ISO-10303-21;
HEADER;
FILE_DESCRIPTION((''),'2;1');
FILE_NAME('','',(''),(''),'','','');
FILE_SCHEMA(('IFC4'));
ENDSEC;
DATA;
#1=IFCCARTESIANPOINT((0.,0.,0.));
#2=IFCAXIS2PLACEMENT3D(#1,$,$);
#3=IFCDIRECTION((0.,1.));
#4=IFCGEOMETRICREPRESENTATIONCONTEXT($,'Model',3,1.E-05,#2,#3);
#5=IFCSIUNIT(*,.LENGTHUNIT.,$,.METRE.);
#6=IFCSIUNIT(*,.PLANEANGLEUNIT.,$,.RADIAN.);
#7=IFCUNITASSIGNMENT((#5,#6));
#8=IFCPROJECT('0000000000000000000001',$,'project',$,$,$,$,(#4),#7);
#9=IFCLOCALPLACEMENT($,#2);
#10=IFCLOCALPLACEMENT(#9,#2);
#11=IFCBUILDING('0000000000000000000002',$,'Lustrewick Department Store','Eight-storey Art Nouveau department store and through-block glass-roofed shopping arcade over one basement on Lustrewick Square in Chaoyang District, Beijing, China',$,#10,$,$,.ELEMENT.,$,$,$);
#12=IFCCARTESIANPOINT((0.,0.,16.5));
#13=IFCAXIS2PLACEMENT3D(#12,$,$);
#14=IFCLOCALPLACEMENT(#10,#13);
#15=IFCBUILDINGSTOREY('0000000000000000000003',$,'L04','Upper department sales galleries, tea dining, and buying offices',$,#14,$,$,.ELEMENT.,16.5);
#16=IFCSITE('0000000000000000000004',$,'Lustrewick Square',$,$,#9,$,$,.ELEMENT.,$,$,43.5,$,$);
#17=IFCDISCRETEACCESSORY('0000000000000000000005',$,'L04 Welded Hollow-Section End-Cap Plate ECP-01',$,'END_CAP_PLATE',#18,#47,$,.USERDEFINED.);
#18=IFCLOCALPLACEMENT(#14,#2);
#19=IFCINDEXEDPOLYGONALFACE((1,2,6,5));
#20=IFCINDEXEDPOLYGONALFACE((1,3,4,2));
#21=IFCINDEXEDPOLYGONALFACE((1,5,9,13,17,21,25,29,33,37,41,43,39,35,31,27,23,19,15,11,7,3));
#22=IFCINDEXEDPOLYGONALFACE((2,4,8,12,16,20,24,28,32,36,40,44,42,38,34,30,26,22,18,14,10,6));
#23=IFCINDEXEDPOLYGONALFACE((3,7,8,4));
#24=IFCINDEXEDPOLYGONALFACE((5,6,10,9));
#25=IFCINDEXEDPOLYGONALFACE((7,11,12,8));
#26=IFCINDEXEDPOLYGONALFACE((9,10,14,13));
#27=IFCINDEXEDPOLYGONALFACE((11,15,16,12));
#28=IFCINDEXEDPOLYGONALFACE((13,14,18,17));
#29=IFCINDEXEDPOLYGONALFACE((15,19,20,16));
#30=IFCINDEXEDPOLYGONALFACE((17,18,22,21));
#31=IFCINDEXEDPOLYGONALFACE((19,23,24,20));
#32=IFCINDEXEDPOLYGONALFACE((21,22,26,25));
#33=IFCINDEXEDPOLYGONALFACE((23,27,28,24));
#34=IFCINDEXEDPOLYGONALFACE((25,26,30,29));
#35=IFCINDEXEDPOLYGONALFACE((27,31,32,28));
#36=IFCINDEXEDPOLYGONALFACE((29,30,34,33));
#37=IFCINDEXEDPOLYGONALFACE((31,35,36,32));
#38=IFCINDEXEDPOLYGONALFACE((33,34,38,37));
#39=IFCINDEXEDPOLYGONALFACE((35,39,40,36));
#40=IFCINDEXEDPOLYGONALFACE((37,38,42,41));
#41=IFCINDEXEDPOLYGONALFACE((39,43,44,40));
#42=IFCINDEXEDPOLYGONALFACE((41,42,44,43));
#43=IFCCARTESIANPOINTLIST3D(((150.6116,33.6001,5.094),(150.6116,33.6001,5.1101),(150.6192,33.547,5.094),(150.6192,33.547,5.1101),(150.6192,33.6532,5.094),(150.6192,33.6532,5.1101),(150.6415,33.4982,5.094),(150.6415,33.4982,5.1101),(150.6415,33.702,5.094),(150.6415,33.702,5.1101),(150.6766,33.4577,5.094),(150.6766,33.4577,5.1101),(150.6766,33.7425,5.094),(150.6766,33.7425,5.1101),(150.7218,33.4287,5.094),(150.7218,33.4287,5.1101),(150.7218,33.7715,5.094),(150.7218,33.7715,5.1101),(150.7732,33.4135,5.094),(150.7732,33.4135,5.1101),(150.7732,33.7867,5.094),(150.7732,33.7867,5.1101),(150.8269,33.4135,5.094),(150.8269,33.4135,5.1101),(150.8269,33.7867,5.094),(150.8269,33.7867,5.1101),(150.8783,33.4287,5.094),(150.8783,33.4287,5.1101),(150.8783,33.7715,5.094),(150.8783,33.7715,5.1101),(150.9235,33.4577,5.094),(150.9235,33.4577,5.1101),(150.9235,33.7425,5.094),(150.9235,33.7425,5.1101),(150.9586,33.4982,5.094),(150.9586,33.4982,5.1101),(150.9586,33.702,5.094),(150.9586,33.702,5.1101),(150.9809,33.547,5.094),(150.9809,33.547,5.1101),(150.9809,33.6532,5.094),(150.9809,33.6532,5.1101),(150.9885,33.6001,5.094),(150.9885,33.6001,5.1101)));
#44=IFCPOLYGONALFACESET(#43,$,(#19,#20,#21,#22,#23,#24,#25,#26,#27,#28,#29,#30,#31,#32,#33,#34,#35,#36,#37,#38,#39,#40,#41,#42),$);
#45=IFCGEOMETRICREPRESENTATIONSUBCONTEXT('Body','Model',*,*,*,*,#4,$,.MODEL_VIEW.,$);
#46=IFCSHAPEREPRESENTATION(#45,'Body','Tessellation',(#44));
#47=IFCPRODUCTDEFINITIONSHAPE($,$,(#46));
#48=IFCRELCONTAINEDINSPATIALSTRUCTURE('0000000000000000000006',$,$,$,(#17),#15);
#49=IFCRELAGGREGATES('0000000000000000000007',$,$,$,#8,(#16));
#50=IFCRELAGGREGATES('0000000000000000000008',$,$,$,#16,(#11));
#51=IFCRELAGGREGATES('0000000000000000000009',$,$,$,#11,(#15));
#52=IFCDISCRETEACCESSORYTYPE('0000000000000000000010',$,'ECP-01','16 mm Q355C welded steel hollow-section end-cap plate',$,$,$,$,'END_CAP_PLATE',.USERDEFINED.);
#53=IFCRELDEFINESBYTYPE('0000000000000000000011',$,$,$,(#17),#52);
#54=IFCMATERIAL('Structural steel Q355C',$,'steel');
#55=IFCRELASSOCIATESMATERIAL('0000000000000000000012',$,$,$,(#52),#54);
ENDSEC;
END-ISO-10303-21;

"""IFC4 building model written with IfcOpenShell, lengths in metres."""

from ifc_helpers import new_model, si_unit, direction, frame, origin, origin_2d, place, context, subcontext, project, spatial, circle, extrude, material, type_object, element, save


model = new_model("IFC4")

# Units and contexts
model_context = context("Model", 3, precision=1e-05, world=origin(), true_north=direction((0.0, 1.0)))
body_context = subcontext(model_context, "Body", "Model", "MODEL_VIEW")
ifc_project = project(units=[si_unit("LENGTHUNIT", "METRE"), si_unit("PLANEANGLEUNIT", "RADIAN")], contexts=[model_context])

# Site, building, storey
site_placement = place(None, origin())
site = spatial("IfcSite", under=ifc_project, at=site_placement, Name="Lustrewick Square", CompositionType="ELEMENT", RefElevation=43.5)
building_placement = place(site_placement, origin())
building = spatial("IfcBuilding", under=site, at=building_placement, Name="Lustrewick Department Store", Description="Eight-storey Art Nouveau department store and through-block glass-roofed shopping arcade over one basement on Lustrewick Square in Chaoyang District, Beijing, China", CompositionType="ELEMENT")
storey_placement = place(building_placement, frame((0.0, 0.0, 16.5)))
storey = spatial("IfcBuildingStorey", under=building, at=storey_placement, Name="L04", Description="Upper department sales galleries, tea dining, and buying offices", CompositionType="ELEMENT", Elevation=16.5)

# Shared definitions
ifc_material_1 = material(Name="Structural steel Q355C", Category="steel")

# Discrete accessory
discrete_accessory_type = type_object("IfcDiscreteAccessoryType", Name="ECP-01", Description="16 mm Q355C welded steel hollow-section end-cap plate", ElementType="END_CAP_PLATE", PredefinedType="USERDEFINED", material=ifc_material_1)
discrete_accessory_placement = place(storey_placement, frame((150.8, 33.6001, 5.094), z_axis=(0.0, 0.0, 1.0), x_axis=(1.0, 0.0, 0.0)))
element("IfcDiscreteAccessory", 1, at=discrete_accessory_placement, inside=storey, type_object=discrete_accessory_type, Name="L04 Welded Hollow-Section End-Cap Plate ECP-01", ObjectType="END_CAP_PLATE", PredefinedType="USERDEFINED", context=body_context, shape_type="SweptSolid", body=[
    extrude(circle(Radius=0.1885, at=origin_2d()), origin(), (0.0, 0.0, 1.0), 0.0161),
])

save(model, "model.ifc")
